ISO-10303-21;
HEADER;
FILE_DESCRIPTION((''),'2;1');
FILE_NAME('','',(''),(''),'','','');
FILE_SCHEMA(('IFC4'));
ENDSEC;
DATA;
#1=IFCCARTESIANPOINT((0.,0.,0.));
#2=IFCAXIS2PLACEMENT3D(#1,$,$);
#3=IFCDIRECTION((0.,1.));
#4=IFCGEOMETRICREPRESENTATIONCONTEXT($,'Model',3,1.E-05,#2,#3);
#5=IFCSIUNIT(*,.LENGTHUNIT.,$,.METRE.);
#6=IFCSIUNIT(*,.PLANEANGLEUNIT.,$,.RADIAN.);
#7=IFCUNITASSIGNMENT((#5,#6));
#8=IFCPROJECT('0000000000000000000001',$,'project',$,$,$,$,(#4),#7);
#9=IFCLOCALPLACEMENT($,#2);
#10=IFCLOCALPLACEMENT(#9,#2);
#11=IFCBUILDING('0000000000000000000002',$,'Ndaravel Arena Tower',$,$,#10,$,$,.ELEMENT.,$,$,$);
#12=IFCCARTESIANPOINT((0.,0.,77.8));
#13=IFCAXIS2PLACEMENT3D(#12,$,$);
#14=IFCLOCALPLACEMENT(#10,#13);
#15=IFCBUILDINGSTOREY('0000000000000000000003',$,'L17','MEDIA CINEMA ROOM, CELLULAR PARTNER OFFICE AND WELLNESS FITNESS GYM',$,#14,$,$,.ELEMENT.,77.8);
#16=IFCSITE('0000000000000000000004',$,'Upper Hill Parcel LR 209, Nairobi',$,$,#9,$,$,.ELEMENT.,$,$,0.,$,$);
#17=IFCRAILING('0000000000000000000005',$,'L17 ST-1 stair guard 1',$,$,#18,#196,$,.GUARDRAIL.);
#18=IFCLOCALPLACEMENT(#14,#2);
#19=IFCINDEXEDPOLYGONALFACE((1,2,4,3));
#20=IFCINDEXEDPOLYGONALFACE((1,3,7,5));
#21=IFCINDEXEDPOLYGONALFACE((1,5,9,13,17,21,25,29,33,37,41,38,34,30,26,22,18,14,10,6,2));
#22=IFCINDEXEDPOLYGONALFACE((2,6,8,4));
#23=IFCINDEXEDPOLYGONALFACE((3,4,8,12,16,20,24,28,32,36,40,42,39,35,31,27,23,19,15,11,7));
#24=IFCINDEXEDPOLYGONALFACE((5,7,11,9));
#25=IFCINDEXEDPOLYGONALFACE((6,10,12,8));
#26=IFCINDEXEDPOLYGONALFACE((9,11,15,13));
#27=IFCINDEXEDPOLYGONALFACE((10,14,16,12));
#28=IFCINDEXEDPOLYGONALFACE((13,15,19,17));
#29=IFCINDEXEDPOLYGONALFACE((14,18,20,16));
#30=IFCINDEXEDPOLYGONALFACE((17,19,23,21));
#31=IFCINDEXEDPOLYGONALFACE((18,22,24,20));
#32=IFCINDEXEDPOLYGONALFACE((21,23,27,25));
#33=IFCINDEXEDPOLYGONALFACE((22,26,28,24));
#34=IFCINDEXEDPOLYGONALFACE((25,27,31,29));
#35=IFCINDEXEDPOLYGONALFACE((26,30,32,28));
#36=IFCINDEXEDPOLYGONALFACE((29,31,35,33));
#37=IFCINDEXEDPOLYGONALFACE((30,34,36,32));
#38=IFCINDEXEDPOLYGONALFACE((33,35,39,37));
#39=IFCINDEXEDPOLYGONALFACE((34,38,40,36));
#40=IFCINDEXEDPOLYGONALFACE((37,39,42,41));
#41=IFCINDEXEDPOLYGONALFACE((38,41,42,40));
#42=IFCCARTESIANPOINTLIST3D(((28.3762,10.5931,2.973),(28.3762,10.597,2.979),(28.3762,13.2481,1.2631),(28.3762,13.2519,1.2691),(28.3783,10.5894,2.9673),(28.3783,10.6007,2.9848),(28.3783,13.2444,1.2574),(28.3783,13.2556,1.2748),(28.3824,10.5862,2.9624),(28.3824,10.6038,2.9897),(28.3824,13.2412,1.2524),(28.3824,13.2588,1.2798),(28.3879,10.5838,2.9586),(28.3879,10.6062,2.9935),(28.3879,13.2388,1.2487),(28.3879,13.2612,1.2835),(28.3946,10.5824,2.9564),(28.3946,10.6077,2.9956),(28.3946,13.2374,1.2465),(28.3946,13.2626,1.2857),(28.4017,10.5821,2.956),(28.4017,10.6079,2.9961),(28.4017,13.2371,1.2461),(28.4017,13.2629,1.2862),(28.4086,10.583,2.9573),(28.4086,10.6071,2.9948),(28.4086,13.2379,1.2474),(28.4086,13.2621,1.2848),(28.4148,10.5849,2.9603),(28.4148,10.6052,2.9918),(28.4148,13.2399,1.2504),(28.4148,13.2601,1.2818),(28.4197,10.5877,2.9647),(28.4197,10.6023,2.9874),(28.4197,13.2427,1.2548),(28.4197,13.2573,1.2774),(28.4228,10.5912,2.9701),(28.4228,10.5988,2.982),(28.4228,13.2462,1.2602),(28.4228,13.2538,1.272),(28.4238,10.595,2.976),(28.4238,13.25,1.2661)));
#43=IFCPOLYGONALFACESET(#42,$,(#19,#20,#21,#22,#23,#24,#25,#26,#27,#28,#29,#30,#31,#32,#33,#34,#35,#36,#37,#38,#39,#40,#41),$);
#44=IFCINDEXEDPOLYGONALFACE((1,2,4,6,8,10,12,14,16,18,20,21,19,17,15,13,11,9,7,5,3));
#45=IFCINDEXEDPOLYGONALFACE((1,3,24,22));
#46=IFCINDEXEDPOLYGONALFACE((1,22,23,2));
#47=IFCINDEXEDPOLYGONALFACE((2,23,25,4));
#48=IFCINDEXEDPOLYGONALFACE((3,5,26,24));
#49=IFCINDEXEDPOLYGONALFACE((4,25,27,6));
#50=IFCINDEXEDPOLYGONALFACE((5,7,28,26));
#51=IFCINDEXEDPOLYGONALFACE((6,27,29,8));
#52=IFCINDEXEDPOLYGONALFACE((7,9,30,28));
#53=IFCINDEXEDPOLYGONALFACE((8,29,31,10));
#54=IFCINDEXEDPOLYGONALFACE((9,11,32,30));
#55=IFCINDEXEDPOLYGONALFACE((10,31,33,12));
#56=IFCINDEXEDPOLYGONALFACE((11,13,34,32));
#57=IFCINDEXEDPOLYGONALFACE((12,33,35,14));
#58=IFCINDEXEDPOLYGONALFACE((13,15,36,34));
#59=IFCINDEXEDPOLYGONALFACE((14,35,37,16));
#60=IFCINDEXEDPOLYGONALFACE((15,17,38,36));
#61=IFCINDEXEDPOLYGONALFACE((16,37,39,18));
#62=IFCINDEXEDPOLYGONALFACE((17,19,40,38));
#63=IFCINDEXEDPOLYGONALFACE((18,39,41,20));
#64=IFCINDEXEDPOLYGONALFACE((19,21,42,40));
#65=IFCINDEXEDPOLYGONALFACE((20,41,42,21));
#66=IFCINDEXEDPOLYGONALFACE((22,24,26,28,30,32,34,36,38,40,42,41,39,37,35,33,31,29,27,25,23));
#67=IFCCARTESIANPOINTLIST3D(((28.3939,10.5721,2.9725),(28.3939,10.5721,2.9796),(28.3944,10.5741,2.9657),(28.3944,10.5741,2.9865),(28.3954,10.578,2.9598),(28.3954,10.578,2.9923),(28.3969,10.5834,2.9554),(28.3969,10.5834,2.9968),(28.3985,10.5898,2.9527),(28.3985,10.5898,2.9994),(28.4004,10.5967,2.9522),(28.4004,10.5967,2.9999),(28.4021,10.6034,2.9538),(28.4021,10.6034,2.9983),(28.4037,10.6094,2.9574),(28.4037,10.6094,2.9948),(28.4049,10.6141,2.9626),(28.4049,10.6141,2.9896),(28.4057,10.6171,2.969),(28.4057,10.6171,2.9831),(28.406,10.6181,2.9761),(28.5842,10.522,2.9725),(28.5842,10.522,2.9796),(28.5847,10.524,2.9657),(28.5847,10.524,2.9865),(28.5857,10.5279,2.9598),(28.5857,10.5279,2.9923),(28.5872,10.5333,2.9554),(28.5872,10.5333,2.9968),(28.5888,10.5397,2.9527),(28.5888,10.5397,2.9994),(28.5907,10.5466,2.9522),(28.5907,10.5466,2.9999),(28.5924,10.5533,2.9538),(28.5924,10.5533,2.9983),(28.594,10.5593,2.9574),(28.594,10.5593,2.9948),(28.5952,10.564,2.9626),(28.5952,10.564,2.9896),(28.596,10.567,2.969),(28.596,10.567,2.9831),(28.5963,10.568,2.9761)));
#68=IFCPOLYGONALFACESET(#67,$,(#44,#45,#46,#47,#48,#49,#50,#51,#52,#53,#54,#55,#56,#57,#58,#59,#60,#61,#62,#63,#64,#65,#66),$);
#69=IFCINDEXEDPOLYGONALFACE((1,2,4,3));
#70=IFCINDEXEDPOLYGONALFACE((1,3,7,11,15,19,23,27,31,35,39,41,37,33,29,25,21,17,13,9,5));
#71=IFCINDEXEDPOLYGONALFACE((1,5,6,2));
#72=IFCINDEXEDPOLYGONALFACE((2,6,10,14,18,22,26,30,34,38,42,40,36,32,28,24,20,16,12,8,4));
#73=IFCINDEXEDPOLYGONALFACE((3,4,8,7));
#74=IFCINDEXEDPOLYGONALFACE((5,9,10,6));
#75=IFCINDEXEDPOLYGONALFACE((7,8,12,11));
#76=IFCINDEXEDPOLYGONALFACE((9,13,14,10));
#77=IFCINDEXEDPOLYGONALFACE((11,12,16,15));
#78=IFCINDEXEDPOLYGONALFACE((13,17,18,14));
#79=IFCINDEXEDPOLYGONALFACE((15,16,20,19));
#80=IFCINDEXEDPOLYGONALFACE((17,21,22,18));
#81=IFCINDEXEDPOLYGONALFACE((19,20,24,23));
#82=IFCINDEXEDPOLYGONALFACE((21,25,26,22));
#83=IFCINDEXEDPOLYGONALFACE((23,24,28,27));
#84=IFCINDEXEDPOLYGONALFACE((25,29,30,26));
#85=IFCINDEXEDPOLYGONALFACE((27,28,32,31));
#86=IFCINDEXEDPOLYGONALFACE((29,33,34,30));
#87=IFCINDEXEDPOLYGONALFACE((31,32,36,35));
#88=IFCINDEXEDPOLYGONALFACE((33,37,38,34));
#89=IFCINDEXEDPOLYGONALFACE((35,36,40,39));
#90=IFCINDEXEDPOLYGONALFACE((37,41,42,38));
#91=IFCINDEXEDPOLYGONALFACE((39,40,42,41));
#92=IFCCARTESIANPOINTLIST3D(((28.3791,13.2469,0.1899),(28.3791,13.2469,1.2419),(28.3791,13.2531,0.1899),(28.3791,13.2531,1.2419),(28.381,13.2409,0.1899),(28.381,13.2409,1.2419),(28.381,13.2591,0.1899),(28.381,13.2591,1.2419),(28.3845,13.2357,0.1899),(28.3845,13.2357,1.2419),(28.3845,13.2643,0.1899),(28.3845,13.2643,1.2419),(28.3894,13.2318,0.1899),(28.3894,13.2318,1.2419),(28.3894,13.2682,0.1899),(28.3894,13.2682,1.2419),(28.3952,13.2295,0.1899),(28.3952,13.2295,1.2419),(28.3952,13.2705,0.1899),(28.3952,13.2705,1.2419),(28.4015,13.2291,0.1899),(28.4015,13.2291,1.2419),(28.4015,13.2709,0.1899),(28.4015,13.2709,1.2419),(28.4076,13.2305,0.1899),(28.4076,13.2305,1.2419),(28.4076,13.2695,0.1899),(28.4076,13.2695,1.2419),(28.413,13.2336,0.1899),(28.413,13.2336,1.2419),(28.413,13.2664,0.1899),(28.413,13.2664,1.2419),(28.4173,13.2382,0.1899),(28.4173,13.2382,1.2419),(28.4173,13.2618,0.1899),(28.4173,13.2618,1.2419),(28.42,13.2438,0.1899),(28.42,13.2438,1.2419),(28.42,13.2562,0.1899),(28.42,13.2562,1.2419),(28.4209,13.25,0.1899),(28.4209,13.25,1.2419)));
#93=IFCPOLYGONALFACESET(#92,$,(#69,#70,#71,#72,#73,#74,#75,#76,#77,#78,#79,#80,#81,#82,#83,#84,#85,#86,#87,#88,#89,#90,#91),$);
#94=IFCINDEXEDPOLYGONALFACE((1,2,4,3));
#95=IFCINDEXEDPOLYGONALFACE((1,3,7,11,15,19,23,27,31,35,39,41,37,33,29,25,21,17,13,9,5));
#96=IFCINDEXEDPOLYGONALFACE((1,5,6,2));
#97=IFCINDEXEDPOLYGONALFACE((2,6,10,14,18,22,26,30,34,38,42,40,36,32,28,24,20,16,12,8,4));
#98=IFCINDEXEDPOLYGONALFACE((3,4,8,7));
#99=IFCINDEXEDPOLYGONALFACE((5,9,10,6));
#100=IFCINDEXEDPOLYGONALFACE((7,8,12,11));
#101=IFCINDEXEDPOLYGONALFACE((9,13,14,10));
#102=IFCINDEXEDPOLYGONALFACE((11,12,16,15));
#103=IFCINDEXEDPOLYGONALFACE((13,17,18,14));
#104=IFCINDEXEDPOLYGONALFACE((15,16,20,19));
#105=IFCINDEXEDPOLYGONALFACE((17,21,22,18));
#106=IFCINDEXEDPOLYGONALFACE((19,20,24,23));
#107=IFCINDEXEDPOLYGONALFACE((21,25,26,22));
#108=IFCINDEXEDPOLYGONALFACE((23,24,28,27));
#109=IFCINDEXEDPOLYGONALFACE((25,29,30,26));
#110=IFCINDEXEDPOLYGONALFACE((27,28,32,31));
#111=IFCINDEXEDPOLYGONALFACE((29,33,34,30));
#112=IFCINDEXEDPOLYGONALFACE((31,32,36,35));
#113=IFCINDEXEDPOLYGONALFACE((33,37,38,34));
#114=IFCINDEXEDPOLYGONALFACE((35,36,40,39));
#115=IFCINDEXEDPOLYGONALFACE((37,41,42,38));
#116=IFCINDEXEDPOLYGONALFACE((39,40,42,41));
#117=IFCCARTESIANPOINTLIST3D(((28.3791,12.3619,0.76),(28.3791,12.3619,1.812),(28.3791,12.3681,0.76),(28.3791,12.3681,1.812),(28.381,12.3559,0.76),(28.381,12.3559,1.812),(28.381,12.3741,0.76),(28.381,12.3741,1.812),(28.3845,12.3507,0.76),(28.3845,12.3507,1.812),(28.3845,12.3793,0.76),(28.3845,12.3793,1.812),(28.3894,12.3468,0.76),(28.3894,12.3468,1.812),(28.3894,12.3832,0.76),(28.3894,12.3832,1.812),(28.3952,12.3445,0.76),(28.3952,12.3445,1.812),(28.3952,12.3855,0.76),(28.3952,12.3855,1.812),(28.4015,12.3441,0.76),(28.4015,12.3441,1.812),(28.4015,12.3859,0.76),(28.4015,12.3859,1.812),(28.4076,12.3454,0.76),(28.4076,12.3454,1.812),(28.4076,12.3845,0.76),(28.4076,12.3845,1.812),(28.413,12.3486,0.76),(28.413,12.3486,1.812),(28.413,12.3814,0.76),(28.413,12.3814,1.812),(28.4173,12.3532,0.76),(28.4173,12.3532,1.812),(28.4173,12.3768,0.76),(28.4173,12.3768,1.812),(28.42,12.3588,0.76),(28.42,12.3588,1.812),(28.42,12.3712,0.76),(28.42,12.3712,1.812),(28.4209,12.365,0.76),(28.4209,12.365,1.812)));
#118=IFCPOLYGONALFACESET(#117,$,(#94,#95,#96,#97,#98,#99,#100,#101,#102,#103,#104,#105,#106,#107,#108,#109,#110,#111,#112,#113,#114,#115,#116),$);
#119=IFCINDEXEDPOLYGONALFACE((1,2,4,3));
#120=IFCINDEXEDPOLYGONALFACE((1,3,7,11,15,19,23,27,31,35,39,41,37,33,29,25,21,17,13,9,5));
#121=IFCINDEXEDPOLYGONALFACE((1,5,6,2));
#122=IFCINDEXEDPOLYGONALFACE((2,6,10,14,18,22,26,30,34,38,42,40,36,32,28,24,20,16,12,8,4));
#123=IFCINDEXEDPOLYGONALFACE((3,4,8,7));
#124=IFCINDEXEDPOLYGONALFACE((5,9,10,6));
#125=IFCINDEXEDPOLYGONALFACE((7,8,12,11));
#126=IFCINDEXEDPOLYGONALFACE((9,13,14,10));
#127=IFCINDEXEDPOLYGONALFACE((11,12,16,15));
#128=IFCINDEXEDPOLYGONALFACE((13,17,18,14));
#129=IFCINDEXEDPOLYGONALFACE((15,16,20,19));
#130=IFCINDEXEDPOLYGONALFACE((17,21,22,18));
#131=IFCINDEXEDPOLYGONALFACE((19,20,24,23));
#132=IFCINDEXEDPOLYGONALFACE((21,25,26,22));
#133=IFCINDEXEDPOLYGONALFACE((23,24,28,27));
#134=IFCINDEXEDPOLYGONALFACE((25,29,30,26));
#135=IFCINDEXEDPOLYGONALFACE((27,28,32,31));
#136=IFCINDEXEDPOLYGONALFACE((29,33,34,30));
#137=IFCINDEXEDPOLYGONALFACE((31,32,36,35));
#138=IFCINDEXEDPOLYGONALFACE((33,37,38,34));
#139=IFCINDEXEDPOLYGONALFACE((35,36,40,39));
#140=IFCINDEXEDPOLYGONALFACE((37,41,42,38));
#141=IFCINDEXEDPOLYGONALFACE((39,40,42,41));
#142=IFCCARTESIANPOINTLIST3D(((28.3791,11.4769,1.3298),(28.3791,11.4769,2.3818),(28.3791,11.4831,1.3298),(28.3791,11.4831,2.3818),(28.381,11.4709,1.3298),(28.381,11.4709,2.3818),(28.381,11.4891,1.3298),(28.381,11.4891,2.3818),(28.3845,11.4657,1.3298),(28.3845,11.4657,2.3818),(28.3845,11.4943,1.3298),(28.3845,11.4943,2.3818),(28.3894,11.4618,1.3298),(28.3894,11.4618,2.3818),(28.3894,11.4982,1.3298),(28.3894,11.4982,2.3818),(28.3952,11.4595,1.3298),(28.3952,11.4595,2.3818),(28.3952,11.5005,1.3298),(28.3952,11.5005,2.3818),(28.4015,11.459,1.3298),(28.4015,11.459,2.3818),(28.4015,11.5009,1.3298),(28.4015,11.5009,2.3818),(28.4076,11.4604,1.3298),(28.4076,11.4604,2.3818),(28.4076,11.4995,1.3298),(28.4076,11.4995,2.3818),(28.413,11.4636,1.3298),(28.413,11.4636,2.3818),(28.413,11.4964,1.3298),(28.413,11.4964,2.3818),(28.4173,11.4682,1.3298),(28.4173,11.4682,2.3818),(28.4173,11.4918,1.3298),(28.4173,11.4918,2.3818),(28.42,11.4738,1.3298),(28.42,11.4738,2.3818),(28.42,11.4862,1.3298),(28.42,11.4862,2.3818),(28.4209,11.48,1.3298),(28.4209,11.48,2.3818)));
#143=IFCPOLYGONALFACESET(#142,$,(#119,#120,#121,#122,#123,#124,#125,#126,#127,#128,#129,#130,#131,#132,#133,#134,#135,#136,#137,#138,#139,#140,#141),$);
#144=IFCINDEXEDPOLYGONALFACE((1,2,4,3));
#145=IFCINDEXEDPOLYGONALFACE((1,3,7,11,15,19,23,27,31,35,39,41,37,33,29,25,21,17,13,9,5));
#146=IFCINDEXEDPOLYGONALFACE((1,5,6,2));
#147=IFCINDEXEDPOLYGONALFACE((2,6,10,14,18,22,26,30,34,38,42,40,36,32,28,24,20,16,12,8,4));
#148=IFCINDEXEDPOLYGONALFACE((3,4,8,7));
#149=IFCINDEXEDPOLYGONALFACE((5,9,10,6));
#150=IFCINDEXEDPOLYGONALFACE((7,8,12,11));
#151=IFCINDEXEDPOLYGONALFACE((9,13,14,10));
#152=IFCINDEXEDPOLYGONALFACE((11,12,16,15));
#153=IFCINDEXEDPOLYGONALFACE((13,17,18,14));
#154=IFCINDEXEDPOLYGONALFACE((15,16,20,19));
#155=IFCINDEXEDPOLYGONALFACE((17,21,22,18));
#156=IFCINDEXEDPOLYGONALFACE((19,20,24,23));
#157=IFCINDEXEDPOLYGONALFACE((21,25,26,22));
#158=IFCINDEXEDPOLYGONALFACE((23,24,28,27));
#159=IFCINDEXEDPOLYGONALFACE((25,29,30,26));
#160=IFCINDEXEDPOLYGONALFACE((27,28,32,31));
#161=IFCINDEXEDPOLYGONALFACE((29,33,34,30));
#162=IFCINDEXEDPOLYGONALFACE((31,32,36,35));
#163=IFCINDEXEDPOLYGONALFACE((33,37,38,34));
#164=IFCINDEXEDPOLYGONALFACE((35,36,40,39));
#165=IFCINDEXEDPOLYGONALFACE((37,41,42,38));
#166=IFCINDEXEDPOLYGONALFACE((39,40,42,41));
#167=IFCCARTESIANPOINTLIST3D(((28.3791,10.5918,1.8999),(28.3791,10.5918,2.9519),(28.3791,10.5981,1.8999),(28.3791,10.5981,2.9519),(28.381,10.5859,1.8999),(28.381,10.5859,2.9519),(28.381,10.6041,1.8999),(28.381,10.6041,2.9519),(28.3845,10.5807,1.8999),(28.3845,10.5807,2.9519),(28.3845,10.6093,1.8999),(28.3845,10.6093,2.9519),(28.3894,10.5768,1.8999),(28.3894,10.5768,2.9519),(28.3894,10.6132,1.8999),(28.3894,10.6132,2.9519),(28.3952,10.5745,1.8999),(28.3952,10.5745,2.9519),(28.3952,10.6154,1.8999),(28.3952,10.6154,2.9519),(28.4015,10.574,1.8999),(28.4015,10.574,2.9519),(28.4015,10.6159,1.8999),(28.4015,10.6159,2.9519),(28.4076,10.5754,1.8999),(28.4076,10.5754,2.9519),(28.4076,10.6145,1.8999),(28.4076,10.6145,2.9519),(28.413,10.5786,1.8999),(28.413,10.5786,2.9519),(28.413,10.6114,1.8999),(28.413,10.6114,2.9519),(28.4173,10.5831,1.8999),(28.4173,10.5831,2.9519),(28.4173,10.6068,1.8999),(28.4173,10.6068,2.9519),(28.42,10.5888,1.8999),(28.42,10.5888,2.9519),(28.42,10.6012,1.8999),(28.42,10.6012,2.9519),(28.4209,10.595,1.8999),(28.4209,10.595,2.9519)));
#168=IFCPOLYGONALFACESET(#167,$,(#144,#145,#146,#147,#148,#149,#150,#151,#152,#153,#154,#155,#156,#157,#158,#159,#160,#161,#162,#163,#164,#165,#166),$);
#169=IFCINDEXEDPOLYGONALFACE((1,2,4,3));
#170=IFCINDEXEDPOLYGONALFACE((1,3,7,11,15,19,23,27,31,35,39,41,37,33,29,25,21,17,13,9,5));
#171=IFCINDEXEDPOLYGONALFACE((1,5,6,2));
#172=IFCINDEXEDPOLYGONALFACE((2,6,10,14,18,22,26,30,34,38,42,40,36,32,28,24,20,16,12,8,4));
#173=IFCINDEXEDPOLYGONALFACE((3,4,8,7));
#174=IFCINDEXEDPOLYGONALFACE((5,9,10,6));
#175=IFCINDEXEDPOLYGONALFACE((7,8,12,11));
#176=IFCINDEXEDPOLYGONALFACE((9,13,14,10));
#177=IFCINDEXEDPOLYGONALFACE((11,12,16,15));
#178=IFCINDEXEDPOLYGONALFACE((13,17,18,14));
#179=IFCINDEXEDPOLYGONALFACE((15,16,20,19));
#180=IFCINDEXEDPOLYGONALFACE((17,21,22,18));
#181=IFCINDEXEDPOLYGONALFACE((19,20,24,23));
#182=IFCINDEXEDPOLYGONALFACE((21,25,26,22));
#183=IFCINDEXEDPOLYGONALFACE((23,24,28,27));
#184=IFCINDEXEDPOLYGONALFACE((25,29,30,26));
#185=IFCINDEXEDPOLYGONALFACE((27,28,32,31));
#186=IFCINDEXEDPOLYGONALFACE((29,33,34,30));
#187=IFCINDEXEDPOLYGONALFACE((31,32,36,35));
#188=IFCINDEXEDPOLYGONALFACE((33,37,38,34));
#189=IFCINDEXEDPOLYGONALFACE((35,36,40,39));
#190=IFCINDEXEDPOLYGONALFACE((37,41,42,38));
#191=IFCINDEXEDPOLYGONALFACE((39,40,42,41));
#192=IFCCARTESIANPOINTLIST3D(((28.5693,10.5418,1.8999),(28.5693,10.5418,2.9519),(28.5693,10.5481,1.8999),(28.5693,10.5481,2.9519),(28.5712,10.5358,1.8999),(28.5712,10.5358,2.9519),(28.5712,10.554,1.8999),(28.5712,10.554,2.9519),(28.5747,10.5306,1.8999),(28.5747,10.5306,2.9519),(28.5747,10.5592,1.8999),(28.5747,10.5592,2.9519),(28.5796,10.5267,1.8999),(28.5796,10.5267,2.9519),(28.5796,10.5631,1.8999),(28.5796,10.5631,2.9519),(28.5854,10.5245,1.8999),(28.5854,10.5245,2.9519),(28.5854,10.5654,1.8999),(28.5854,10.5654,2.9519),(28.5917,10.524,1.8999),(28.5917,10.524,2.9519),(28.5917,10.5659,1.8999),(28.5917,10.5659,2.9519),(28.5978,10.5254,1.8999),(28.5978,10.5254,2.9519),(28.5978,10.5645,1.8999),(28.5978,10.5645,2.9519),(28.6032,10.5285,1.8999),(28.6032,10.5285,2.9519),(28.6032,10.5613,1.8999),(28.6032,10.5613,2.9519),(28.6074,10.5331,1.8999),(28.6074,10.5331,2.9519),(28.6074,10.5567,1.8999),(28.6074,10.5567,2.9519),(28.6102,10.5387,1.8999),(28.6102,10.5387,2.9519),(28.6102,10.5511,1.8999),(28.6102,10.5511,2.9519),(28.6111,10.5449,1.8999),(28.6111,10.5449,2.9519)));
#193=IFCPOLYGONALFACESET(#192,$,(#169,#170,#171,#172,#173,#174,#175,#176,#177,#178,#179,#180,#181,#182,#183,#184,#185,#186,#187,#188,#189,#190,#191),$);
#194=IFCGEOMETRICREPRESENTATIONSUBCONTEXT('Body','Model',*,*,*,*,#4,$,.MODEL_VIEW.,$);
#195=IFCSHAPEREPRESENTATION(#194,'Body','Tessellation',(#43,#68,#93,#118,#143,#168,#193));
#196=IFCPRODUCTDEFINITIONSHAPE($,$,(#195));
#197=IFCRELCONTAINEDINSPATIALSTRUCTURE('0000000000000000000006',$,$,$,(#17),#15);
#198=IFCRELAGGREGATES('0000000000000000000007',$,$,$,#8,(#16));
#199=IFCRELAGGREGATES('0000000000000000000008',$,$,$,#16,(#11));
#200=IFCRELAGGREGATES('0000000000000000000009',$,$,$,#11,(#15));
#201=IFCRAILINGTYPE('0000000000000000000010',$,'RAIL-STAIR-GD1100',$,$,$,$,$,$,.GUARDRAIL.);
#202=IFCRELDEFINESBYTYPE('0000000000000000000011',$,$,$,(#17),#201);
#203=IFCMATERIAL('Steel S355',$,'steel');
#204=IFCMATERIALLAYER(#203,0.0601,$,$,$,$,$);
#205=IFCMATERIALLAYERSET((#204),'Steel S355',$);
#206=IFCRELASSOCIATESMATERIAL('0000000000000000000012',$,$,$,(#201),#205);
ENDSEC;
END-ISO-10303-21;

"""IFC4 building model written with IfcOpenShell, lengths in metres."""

from ifc_helpers import new_model, si_unit, direction, frame, origin, origin_2d, place, context, subcontext, project, spatial, circle, extrude, material, layer, layer_set, type_object, element, save


model = new_model("IFC4")

# Units and contexts
model_context = context("Model", 3, precision=1e-05, world=origin(), true_north=direction((0.0, 1.0)))
body_context = subcontext(model_context, "Body", "Model", "MODEL_VIEW")
ifc_project = project(units=[si_unit("LENGTHUNIT", "METRE"), si_unit("PLANEANGLEUNIT", "RADIAN")], contexts=[model_context])

# Site, building, storey
site_placement = place(None, origin())
site = spatial("IfcSite", under=ifc_project, at=site_placement, Name="Upper Hill Parcel LR 209, Nairobi", CompositionType="ELEMENT", RefElevation=0.0)
building_placement = place(site_placement, origin())
building = spatial("IfcBuilding", under=site, at=building_placement, Name="Ndaravel Arena Tower", CompositionType="ELEMENT")
storey_placement = place(building_placement, frame((0.0, 0.0, 77.8)))
storey = spatial("IfcBuildingStorey", under=building, at=storey_placement, Name="L17", Description="MEDIA CINEMA ROOM, CELLULAR PARTNER OFFICE AND WELLNESS FITNESS GYM", CompositionType="ELEMENT", Elevation=77.8)

# Railing
ifc_material_1 = material(Name="Steel S355", Category="steel")
ifc_layer_1 = layer(ifc_material_1, 0.0601)
ifc_layer_set_1 = layer_set([ifc_layer_1], Name="Steel S355")
railing_type_1 = type_object("IfcRailingType", Name="RAIL-STAIR-GD1100", PredefinedType="GUARDRAIL", material=ifc_layer_set_1)
railing_1_placement = place(storey_placement, frame((28.3999, 13.25, 0.1899)))
element("IfcRailing", 1, at=railing_1_placement, inside=storey, type_object=railing_type_1, Name="L17 ST-1 stair guard 1", PredefinedType="GUARDRAIL", context=body_context, shape_type="SweptSolid", body=[
    extrude(circle(Radius=0.0239, at=origin_2d()), frame((0.0, 0.0, 1.0762), z_axis=(0.0, -0.840724, 0.541465), x_axis=(1.0, 0.0, 0.0)), (0.0, 0.0, 1.0), 3.158),
    extrude(circle(Radius=0.0239, at=origin_2d()), frame((0.0, -2.655, 2.7861), z_axis=(0.967075, -0.254493, 0.0), x_axis=(0.254493, 0.967075, 0.0)), (0.0, 0.0, 1.0), 0.1968),
    extrude(circle(Radius=0.021, at=origin_2d()), origin(), (0.0, 0.0, 1.0), 1.052),
    extrude(circle(Radius=0.021, at=origin_2d()), frame((0.0, -0.885, 0.5701)), (0.0, 0.0, 1.0), 1.052),
    extrude(circle(Radius=0.021, at=origin_2d()), frame((0.0, -1.77, 1.1399)), (0.0, 0.0, 1.0), 1.052),
    extrude(circle(Radius=0.021, at=origin_2d()), frame((0.0, -2.655, 1.71)), (0.0, 0.0, 1.0), 1.052),
    extrude(circle(Radius=0.021, at=origin_2d()), frame((0.1902, -2.7051, 1.71)), (0.0, 0.0, 1.0), 1.052),
])

save(model, "model.ifc")
